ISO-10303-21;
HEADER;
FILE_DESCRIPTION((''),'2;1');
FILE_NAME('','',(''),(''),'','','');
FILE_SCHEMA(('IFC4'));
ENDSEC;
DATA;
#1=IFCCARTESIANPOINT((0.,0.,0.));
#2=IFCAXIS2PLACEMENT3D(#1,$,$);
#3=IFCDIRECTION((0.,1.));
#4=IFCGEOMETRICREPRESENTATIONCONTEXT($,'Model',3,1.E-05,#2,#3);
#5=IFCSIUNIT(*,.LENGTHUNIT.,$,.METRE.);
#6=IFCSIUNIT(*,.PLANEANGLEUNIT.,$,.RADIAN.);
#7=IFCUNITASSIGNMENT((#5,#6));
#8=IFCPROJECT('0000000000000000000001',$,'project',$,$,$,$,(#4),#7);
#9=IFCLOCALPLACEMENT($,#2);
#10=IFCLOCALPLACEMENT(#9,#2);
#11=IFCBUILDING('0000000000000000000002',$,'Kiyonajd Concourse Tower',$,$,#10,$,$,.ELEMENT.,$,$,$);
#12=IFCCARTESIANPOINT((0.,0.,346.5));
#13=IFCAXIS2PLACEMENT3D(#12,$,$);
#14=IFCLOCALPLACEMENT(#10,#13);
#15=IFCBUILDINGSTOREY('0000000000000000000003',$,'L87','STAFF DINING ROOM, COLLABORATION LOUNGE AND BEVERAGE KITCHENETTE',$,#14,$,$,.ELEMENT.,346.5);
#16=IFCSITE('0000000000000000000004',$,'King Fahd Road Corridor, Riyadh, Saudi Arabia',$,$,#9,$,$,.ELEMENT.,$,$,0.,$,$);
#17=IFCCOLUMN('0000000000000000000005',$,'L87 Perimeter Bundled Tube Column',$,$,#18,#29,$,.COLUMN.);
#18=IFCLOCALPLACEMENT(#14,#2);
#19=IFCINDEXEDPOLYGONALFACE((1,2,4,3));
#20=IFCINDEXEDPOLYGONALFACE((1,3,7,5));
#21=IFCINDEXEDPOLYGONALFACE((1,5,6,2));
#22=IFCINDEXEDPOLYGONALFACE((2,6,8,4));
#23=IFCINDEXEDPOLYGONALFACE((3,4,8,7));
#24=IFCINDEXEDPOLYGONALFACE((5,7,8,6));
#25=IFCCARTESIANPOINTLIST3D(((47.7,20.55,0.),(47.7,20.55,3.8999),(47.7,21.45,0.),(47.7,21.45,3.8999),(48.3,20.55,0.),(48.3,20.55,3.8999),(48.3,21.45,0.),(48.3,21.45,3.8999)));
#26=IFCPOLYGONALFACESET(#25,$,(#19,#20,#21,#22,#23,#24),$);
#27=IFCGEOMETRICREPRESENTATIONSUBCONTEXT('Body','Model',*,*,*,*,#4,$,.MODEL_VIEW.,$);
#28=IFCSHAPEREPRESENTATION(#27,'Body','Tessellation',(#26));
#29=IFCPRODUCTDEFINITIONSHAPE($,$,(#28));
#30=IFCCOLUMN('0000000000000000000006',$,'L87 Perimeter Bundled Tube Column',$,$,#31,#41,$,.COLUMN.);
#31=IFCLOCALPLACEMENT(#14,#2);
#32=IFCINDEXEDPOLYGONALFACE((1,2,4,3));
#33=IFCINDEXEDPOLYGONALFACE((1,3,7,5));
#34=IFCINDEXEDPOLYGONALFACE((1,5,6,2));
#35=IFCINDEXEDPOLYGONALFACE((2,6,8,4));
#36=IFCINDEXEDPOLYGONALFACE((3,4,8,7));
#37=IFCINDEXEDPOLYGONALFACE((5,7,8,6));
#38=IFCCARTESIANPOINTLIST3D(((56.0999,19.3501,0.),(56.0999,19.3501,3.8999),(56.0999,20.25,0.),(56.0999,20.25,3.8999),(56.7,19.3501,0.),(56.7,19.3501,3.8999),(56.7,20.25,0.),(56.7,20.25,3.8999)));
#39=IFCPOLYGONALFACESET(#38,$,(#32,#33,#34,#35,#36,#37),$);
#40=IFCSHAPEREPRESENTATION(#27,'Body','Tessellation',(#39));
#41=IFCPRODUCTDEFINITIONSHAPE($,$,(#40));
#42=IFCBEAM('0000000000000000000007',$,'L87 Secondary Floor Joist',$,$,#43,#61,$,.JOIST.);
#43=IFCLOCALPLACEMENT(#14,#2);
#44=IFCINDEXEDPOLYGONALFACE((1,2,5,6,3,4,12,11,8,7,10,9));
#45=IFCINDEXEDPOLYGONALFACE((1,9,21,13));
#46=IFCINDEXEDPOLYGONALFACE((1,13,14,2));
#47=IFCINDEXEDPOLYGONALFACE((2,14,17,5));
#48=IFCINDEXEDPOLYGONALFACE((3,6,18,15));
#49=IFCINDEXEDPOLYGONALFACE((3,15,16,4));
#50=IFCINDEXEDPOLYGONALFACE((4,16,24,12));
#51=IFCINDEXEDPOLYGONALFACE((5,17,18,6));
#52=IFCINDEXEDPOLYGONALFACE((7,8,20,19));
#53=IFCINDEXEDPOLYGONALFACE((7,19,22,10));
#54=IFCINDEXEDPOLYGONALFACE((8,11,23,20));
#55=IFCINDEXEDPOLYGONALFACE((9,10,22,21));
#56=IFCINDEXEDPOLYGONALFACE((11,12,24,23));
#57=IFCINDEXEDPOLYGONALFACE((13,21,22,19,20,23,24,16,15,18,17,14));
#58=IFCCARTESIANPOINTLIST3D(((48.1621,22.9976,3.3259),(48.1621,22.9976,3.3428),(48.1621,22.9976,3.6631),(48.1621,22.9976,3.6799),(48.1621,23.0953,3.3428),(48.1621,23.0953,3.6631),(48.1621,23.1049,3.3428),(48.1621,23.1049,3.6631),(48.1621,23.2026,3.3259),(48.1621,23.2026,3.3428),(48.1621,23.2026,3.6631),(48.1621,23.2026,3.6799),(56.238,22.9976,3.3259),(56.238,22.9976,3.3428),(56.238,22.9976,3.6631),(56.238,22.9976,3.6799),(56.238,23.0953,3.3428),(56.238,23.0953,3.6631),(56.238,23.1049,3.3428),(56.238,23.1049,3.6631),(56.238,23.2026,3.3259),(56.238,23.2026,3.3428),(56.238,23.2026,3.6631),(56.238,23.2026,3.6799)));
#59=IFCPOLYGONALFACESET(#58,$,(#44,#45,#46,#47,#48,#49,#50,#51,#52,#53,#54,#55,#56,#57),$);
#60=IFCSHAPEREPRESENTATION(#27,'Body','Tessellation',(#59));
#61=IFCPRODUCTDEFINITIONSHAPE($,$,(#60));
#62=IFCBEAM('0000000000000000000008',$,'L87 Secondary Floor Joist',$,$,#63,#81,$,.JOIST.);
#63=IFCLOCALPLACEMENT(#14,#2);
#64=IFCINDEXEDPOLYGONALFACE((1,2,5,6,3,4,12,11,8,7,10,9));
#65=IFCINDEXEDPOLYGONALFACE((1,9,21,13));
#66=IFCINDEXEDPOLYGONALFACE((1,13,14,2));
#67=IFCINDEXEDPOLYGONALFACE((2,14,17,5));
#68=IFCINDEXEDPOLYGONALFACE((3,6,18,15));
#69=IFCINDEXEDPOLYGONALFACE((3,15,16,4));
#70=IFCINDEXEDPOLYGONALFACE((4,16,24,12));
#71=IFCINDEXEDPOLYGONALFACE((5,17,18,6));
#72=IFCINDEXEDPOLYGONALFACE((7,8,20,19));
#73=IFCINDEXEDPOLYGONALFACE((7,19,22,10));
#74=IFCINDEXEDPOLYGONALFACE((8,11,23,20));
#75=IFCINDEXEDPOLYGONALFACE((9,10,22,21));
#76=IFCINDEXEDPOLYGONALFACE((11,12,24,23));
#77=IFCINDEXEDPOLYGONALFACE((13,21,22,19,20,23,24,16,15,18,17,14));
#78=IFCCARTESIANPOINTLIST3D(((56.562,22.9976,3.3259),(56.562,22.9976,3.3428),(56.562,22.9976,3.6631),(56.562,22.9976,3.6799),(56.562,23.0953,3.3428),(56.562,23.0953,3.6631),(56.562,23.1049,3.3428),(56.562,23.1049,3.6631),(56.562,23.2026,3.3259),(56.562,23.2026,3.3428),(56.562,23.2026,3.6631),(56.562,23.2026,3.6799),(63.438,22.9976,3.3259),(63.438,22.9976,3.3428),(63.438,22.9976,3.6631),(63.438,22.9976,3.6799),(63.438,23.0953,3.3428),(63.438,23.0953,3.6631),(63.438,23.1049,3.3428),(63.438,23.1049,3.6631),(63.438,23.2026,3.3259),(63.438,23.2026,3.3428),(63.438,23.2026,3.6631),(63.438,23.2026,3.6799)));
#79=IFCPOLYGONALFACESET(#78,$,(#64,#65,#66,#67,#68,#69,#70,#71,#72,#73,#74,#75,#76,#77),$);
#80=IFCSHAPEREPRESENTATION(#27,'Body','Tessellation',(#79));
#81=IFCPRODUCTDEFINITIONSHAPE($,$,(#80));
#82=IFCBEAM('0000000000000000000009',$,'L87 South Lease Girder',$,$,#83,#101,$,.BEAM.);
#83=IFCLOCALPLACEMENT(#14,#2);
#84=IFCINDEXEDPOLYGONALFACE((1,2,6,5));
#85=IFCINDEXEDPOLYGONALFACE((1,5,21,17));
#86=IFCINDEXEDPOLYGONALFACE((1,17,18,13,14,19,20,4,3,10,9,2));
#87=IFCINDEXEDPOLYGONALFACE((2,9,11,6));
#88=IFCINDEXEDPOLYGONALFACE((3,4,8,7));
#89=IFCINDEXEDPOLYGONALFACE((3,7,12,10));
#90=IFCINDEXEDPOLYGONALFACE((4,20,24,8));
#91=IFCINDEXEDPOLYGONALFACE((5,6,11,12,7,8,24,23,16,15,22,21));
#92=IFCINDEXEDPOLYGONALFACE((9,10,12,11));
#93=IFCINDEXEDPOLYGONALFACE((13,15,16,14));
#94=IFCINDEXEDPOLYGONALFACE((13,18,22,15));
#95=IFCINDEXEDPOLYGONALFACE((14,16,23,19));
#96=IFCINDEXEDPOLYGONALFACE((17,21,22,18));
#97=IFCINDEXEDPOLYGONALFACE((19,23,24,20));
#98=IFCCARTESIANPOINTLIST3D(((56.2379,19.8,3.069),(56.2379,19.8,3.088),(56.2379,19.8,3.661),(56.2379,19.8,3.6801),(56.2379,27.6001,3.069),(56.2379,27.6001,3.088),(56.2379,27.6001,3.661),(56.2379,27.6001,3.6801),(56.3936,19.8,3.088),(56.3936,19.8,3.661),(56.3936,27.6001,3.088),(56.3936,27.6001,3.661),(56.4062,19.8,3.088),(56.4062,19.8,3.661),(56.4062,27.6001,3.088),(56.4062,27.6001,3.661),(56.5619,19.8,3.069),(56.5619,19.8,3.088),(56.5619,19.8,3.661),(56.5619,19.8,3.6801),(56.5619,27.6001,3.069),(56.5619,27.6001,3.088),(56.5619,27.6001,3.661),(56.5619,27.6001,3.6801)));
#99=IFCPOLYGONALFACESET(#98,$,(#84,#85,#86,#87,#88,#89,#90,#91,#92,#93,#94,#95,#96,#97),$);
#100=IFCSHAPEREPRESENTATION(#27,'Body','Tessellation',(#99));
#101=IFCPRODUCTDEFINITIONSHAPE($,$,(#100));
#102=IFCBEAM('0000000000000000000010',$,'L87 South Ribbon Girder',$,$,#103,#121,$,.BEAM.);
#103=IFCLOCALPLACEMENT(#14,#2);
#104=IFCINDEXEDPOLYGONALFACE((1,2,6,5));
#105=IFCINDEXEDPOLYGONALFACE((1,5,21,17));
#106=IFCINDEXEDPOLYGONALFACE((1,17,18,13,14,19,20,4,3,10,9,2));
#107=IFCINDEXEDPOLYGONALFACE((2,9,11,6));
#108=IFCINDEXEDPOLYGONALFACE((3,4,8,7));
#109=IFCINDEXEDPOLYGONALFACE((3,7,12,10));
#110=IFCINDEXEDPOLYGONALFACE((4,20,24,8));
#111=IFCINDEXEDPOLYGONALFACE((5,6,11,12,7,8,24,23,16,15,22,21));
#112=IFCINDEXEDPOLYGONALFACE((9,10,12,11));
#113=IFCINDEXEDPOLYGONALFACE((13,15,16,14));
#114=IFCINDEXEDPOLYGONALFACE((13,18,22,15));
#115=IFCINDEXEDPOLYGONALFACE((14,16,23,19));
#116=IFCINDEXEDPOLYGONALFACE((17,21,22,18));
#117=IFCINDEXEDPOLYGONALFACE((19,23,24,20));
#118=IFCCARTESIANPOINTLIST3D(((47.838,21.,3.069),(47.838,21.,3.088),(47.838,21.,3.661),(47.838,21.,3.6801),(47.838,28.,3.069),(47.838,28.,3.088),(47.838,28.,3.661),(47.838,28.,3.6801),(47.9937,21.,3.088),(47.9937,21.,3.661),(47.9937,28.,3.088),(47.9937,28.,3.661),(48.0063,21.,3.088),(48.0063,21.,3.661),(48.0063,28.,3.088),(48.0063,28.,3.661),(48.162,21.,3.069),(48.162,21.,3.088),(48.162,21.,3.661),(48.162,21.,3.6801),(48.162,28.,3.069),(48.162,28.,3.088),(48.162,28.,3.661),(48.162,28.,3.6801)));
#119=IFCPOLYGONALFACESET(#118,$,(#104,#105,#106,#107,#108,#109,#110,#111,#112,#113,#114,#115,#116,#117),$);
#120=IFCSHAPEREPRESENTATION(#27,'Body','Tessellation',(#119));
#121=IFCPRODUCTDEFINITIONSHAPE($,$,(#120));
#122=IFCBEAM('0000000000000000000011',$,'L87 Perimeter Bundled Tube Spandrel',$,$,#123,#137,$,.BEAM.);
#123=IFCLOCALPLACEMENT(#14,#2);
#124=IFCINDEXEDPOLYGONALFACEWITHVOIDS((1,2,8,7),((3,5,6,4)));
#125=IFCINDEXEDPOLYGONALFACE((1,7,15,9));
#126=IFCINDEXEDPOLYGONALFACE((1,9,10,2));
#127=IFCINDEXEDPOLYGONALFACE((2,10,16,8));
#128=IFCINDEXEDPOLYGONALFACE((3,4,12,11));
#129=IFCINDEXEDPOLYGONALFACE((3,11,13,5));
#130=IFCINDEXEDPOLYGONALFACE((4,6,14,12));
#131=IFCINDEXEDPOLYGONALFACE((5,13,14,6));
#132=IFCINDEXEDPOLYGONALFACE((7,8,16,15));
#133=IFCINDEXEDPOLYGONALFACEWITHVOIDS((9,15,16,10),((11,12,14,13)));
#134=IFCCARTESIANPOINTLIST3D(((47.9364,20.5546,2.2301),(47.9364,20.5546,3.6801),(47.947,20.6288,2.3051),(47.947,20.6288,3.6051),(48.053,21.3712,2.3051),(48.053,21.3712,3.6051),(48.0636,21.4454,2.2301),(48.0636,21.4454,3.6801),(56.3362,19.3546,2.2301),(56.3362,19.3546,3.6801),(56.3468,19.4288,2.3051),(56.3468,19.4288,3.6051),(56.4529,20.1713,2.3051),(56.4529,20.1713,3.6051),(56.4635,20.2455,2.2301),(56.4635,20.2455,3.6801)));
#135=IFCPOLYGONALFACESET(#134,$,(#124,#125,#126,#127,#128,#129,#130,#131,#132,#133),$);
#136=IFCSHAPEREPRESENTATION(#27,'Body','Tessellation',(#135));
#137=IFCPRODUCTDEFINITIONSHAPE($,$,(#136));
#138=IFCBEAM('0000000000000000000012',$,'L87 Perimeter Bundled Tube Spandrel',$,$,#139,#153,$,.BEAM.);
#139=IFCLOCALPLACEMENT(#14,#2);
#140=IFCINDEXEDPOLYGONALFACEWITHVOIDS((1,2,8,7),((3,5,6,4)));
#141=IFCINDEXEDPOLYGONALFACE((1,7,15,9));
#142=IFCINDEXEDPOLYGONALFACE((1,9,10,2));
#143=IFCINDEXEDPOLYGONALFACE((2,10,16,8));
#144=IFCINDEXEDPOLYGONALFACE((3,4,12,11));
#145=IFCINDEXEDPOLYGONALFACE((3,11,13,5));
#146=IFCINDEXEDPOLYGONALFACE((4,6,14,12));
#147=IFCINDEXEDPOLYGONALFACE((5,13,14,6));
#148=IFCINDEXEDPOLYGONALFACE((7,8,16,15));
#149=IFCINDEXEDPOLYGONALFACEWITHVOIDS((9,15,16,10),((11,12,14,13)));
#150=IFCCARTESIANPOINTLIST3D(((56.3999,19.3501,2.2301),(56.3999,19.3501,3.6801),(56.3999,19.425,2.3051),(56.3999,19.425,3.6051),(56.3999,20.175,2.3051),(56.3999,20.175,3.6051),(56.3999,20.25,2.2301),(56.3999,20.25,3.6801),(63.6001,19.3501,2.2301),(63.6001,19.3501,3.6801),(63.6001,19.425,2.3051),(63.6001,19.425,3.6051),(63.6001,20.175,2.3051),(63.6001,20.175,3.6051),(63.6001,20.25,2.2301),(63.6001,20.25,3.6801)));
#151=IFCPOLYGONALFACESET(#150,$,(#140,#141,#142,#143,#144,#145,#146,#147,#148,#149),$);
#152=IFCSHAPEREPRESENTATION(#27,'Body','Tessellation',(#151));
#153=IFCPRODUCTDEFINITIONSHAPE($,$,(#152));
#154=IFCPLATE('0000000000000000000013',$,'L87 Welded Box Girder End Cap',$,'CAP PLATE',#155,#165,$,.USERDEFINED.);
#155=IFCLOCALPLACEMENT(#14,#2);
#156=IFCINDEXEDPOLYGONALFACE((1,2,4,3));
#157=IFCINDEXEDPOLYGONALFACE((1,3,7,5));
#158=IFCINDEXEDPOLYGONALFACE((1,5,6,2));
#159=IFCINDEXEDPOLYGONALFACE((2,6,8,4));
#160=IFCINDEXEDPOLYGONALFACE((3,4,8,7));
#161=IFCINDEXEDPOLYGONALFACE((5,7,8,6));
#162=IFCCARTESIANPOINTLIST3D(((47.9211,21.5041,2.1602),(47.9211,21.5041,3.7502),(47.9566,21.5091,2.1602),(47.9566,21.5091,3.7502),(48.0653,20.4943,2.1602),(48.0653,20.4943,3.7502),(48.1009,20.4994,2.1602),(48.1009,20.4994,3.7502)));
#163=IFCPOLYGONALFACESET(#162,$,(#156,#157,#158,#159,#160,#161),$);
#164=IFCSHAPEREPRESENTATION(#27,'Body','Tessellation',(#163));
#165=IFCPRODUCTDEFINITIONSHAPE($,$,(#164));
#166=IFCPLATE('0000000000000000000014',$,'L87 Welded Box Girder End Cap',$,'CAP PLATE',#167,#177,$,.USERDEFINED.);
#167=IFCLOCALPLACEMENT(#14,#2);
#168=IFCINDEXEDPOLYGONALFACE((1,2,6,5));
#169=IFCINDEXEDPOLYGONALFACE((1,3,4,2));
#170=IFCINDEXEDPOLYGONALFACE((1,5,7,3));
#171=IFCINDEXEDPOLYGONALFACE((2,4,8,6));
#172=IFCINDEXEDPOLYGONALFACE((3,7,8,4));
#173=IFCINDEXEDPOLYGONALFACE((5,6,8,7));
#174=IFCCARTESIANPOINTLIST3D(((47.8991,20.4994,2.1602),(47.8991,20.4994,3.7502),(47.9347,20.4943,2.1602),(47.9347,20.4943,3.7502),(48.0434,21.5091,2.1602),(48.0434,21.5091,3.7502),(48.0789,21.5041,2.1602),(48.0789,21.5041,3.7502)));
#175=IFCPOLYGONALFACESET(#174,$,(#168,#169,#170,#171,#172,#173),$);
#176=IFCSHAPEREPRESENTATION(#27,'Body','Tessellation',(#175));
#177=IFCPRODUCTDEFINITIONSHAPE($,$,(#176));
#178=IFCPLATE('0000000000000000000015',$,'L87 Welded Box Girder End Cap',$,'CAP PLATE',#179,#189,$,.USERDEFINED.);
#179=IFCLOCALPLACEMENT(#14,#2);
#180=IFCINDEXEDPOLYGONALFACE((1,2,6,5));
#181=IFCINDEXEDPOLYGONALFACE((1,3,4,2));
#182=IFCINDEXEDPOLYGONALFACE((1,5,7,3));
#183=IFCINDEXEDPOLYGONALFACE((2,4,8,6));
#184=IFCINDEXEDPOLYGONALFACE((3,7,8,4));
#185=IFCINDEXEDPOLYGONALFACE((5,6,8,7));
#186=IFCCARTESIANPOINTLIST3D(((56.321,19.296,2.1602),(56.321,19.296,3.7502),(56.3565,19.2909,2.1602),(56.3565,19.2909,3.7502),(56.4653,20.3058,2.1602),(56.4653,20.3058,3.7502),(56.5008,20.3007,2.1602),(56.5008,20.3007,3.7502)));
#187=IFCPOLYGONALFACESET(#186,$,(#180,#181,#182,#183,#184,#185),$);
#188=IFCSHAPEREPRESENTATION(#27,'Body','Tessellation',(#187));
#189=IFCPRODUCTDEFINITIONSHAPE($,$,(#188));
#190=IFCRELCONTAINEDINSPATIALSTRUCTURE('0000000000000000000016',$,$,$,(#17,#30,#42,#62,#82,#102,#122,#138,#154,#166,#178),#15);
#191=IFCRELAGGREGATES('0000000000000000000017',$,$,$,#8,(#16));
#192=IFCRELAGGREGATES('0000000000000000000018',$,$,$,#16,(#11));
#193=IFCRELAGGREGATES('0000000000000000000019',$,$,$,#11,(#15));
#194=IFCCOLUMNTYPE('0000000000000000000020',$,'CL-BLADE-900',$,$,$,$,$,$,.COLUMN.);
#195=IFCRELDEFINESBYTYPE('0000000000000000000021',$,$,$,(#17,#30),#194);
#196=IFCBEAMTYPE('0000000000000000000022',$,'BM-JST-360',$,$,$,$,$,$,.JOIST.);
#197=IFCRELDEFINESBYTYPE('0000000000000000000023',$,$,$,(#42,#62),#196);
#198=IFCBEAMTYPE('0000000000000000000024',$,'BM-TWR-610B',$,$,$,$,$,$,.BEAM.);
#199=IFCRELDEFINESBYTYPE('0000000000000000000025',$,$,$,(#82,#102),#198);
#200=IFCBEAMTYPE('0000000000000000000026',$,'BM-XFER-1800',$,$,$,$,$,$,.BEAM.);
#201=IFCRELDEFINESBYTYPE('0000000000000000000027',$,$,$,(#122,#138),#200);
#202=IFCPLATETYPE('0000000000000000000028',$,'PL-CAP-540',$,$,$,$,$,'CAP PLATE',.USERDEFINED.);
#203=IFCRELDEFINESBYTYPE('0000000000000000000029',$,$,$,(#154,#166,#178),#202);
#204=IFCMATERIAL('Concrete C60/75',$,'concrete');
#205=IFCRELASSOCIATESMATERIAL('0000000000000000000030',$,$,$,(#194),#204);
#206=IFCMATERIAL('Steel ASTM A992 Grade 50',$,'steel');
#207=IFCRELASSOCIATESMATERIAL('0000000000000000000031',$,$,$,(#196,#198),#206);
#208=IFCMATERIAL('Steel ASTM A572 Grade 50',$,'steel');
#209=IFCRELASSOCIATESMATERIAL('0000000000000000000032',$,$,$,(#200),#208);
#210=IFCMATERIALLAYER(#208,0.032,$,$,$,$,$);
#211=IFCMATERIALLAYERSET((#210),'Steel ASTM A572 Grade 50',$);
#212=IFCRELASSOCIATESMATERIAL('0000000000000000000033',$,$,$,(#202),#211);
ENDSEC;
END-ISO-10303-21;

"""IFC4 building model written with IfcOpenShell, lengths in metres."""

from ifc_helpers import new_model, si_unit, direction, frame, origin, origin_2d, place, context, subcontext, project, spatial, rectangle, hollow_rectangle, i_section, extrude, material, layer, layer_set, material_profile, profile_set, type_object, element, save


model = new_model("IFC4")

# Units and contexts
model_context = context("Model", 3, precision=1e-05, world=origin(), true_north=direction((0.0, 1.0)))
body_context = subcontext(model_context, "Body", "Model", "MODEL_VIEW")
ifc_project = project(units=[si_unit("LENGTHUNIT", "METRE"), si_unit("PLANEANGLEUNIT", "RADIAN")], contexts=[model_context])

# Site, building, storey
site_placement = place(None, origin())
site = spatial("IfcSite", under=ifc_project, at=site_placement, Name="King Fahd Road Corridor, Riyadh, Saudi Arabia", CompositionType="ELEMENT", RefElevation=0.0)
building_placement = place(site_placement, origin())
building = spatial("IfcBuilding", under=site, at=building_placement, Name="Kiyonajd Concourse Tower", CompositionType="ELEMENT")
storey_placement = place(building_placement, frame((0.0, 0.0, 346.5)))
storey = spatial("IfcBuildingStorey", under=building, at=storey_placement, Name="L87", Description="STAFF DINING ROOM, COLLABORATION LOUNGE AND BEVERAGE KITCHENETTE", CompositionType="ELEMENT", Elevation=346.5)

# Columns
ifc_material_1 = material(Name="Concrete C60/75", Category="concrete")
ifc_material_profile_1 = material_profile(ifc_material_1, rectangle(XDim=0.6001, YDim=0.8999, at=origin_2d()), Name="RC-900x600")
ifc_profile_set_1 = profile_set([ifc_material_profile_1], Name="Concrete C60/75")
column_type = type_object("IfcColumnType", Name="CL-BLADE-900", PredefinedType="COLUMN", material=ifc_profile_set_1)
for number, where, z_axis, x_axis, name in (
    (1, (48.0, 21.0, 0.0), (0.0, 0.0, 1.0), (1.0, 0.0, 0.0), "L87 Perimeter Bundled Tube Column"),
    (2, (56.3999, 19.8, 0.0), (0.0, 0.0, 1.0), (1.0, 0.0, 0.0), "L87 Perimeter Bundled Tube Column"),
):
    element("IfcColumn", number, at=place(storey_placement, frame(where, z_axis=z_axis, x_axis=x_axis)), inside=storey, type_object=column_type, Name=name, PredefinedType="COLUMN", context=body_context, shape_type="SweptSolid", body=[
        extrude(rectangle(XDim=0.6001, YDim=0.8999, at=origin_2d()), origin(), (0.0, 0.0, 1.0), 3.8999),
    ])

# Beams
ifc_material_2 = material(Name="Steel ASTM A992 Grade 50", Category="steel")
ifc_material_profile_2 = material_profile(ifc_material_2, i_section(OverallWidth=0.2051, OverallDepth=0.354, WebThickness=0.0095, FlangeThickness=0.0168, at=origin_2d()), Name="W360X79")
ifc_profile_set_2 = profile_set([ifc_material_profile_2], Name="Steel ASTM A992 Grade 50")
beam_type_1 = type_object("IfcBeamType", Name="BM-JST-360", PredefinedType="JOIST", material=ifc_profile_set_2)
beam_1_placement = place(storey_placement, frame((48.1621, 23.1001, 3.5029), z_axis=(1.0, 0.0, 0.0), x_axis=(0.0, 1.0, 0.0)))
element("IfcBeam", 3, at=beam_1_placement, inside=storey, type_object=beam_type_1, Name="L87 Secondary Floor Joist", PredefinedType="JOIST", context=body_context, shape_type="SweptSolid", body=[
    extrude(i_section(OverallWidth=0.2051, OverallDepth=0.354, WebThickness=0.0095, FlangeThickness=0.0168, at=origin_2d()), origin(), (0.0, 0.0, 1.0), 8.0759),
])
beam_2_placement = place(storey_placement, frame((56.562, 23.1001, 3.5029), z_axis=(1.0, 0.0, 0.0), x_axis=(0.0, 1.0, 0.0)))
element("IfcBeam", 4, at=beam_2_placement, inside=storey, type_object=beam_type_1, Name="L87 Secondary Floor Joist", PredefinedType="JOIST", context=body_context, shape_type="SweptSolid", body=[
    extrude(i_section(OverallWidth=0.2051, OverallDepth=0.354, WebThickness=0.0095, FlangeThickness=0.0168, at=origin_2d()), origin(), (0.0, 0.0, 1.0), 6.876),
])
ifc_material_profile_3 = material_profile(ifc_material_2, i_section(OverallWidth=0.324, OverallDepth=0.6111, WebThickness=0.0127, FlangeThickness=0.019, at=origin_2d()), Name="W610X155")
ifc_profile_set_3 = profile_set([ifc_material_profile_3], Name="Steel ASTM A992 Grade 50")
beam_type_2 = type_object("IfcBeamType", Name="BM-TWR-610B", PredefinedType="BEAM", material=ifc_profile_set_3)
beam_3_placement = place(storey_placement, frame((56.3999, 19.8, 3.3745), z_axis=(0.0, 1.0, 0.0), x_axis=(-1.0, 0.0, 0.0)))
element("IfcBeam", 5, at=beam_3_placement, inside=storey, type_object=beam_type_2, Name="L87 South Lease Girder", PredefinedType="BEAM", context=body_context, shape_type="SweptSolid", body=[
    extrude(i_section(OverallWidth=0.324, OverallDepth=0.6111, WebThickness=0.0127, FlangeThickness=0.019, at=origin_2d()), origin(), (0.0, 0.0, 1.0), 7.8),
])
beam_4_placement = place(storey_placement, frame((48.0, 21.0, 3.3745), z_axis=(0.0, 1.0, 0.0), x_axis=(-1.0, 0.0, 0.0)))
element("IfcBeam", 6, at=beam_4_placement, inside=storey, type_object=beam_type_2, Name="L87 South Ribbon Girder", PredefinedType="BEAM", context=body_context, shape_type="SweptSolid", body=[
    extrude(i_section(OverallWidth=0.324, OverallDepth=0.6111, WebThickness=0.0127, FlangeThickness=0.019, at=origin_2d()), origin(), (0.0, 0.0, 1.0), 7.0),
])
ifc_material_3 = material(Name="Steel ASTM A572 Grade 50", Category="steel")
ifc_material_profile_4 = material_profile(ifc_material_3, hollow_rectangle(XDim=0.8999, YDim=1.45, WallThickness=0.075, at=origin_2d()), Name="BOX-1450x900x75")
ifc_profile_set_4 = profile_set([ifc_material_profile_4], Name="Steel ASTM A572 Grade 50")
beam_type_3 = type_object("IfcBeamType", Name="BM-XFER-1800", PredefinedType="BEAM", material=ifc_profile_set_4)
beam_5_placement = place(storey_placement, frame((48.0, 21.0, 2.9551), z_axis=(0.98995, -0.141417, 0.0), x_axis=(0.141417, 0.98995, 0.0)))
element("IfcBeam", 7, at=beam_5_placement, inside=storey, type_object=beam_type_3, Name="L87 Perimeter Bundled Tube Spandrel", PredefinedType="BEAM", context=body_context, shape_type="SweptSolid", body=[
    extrude(hollow_rectangle(XDim=0.8999, YDim=1.45, WallThickness=0.075, at=origin_2d()), origin(), (0.0, 0.0, 1.0), 8.4851),
])
beam_6_placement = place(storey_placement, frame((56.3999, 19.8, 2.9551), z_axis=(1.0, 0.0, 0.0), x_axis=(0.0, 1.0, 0.0)))
element("IfcBeam", 8, at=beam_6_placement, inside=storey, type_object=beam_type_3, Name="L87 Perimeter Bundled Tube Spandrel", PredefinedType="BEAM", context=body_context, shape_type="SweptSolid", body=[
    extrude(hollow_rectangle(XDim=0.8999, YDim=1.45, WallThickness=0.075, at=origin_2d()), origin(), (0.0, 0.0, 1.0), 7.2002),
])

# Plates
ifc_layer_1 = layer(ifc_material_3, 0.032)
ifc_layer_set_1 = layer_set([ifc_layer_1], Name="Steel ASTM A572 Grade 50")
plate_type_1 = type_object("IfcPlateType", Name="PL-CAP-540", ElementType="CAP PLATE", PredefinedType="USERDEFINED", material=ifc_layer_set_1)
for number, where, z_axis, x_axis, name in (
    (9, (48.011, 21.0017, 2.1602), (0.0, 0.0, 1.0), (0.98995, 0.14142, 0.0), "L87 Welded Box Girder End Cap"),
    (10, (47.989, 21.0017, 2.1602), (0.0, 0.0, 1.0), (-0.98995, 0.14142, 0.0), "L87 Welded Box Girder End Cap"),
    (11, (56.4109, 19.7983, 2.1602), (0.0, 0.0, 1.0), (0.98995, -0.14142, 0.0), "L87 Welded Box Girder End Cap"),
):
    element("IfcPlate", number, at=place(storey_placement, frame(where, z_axis=z_axis, x_axis=x_axis)), inside=storey, type_object=plate_type_1, Name=name, ObjectType="CAP PLATE", PredefinedType="USERDEFINED", context=body_context, shape_type="SweptSolid", body=[
        extrude(rectangle(XDim=0.0359, YDim=1.02, at=origin_2d()), origin(), (0.0, 0.0, 1.0), 1.5901),
    ])

save(model, "model.ifc")
